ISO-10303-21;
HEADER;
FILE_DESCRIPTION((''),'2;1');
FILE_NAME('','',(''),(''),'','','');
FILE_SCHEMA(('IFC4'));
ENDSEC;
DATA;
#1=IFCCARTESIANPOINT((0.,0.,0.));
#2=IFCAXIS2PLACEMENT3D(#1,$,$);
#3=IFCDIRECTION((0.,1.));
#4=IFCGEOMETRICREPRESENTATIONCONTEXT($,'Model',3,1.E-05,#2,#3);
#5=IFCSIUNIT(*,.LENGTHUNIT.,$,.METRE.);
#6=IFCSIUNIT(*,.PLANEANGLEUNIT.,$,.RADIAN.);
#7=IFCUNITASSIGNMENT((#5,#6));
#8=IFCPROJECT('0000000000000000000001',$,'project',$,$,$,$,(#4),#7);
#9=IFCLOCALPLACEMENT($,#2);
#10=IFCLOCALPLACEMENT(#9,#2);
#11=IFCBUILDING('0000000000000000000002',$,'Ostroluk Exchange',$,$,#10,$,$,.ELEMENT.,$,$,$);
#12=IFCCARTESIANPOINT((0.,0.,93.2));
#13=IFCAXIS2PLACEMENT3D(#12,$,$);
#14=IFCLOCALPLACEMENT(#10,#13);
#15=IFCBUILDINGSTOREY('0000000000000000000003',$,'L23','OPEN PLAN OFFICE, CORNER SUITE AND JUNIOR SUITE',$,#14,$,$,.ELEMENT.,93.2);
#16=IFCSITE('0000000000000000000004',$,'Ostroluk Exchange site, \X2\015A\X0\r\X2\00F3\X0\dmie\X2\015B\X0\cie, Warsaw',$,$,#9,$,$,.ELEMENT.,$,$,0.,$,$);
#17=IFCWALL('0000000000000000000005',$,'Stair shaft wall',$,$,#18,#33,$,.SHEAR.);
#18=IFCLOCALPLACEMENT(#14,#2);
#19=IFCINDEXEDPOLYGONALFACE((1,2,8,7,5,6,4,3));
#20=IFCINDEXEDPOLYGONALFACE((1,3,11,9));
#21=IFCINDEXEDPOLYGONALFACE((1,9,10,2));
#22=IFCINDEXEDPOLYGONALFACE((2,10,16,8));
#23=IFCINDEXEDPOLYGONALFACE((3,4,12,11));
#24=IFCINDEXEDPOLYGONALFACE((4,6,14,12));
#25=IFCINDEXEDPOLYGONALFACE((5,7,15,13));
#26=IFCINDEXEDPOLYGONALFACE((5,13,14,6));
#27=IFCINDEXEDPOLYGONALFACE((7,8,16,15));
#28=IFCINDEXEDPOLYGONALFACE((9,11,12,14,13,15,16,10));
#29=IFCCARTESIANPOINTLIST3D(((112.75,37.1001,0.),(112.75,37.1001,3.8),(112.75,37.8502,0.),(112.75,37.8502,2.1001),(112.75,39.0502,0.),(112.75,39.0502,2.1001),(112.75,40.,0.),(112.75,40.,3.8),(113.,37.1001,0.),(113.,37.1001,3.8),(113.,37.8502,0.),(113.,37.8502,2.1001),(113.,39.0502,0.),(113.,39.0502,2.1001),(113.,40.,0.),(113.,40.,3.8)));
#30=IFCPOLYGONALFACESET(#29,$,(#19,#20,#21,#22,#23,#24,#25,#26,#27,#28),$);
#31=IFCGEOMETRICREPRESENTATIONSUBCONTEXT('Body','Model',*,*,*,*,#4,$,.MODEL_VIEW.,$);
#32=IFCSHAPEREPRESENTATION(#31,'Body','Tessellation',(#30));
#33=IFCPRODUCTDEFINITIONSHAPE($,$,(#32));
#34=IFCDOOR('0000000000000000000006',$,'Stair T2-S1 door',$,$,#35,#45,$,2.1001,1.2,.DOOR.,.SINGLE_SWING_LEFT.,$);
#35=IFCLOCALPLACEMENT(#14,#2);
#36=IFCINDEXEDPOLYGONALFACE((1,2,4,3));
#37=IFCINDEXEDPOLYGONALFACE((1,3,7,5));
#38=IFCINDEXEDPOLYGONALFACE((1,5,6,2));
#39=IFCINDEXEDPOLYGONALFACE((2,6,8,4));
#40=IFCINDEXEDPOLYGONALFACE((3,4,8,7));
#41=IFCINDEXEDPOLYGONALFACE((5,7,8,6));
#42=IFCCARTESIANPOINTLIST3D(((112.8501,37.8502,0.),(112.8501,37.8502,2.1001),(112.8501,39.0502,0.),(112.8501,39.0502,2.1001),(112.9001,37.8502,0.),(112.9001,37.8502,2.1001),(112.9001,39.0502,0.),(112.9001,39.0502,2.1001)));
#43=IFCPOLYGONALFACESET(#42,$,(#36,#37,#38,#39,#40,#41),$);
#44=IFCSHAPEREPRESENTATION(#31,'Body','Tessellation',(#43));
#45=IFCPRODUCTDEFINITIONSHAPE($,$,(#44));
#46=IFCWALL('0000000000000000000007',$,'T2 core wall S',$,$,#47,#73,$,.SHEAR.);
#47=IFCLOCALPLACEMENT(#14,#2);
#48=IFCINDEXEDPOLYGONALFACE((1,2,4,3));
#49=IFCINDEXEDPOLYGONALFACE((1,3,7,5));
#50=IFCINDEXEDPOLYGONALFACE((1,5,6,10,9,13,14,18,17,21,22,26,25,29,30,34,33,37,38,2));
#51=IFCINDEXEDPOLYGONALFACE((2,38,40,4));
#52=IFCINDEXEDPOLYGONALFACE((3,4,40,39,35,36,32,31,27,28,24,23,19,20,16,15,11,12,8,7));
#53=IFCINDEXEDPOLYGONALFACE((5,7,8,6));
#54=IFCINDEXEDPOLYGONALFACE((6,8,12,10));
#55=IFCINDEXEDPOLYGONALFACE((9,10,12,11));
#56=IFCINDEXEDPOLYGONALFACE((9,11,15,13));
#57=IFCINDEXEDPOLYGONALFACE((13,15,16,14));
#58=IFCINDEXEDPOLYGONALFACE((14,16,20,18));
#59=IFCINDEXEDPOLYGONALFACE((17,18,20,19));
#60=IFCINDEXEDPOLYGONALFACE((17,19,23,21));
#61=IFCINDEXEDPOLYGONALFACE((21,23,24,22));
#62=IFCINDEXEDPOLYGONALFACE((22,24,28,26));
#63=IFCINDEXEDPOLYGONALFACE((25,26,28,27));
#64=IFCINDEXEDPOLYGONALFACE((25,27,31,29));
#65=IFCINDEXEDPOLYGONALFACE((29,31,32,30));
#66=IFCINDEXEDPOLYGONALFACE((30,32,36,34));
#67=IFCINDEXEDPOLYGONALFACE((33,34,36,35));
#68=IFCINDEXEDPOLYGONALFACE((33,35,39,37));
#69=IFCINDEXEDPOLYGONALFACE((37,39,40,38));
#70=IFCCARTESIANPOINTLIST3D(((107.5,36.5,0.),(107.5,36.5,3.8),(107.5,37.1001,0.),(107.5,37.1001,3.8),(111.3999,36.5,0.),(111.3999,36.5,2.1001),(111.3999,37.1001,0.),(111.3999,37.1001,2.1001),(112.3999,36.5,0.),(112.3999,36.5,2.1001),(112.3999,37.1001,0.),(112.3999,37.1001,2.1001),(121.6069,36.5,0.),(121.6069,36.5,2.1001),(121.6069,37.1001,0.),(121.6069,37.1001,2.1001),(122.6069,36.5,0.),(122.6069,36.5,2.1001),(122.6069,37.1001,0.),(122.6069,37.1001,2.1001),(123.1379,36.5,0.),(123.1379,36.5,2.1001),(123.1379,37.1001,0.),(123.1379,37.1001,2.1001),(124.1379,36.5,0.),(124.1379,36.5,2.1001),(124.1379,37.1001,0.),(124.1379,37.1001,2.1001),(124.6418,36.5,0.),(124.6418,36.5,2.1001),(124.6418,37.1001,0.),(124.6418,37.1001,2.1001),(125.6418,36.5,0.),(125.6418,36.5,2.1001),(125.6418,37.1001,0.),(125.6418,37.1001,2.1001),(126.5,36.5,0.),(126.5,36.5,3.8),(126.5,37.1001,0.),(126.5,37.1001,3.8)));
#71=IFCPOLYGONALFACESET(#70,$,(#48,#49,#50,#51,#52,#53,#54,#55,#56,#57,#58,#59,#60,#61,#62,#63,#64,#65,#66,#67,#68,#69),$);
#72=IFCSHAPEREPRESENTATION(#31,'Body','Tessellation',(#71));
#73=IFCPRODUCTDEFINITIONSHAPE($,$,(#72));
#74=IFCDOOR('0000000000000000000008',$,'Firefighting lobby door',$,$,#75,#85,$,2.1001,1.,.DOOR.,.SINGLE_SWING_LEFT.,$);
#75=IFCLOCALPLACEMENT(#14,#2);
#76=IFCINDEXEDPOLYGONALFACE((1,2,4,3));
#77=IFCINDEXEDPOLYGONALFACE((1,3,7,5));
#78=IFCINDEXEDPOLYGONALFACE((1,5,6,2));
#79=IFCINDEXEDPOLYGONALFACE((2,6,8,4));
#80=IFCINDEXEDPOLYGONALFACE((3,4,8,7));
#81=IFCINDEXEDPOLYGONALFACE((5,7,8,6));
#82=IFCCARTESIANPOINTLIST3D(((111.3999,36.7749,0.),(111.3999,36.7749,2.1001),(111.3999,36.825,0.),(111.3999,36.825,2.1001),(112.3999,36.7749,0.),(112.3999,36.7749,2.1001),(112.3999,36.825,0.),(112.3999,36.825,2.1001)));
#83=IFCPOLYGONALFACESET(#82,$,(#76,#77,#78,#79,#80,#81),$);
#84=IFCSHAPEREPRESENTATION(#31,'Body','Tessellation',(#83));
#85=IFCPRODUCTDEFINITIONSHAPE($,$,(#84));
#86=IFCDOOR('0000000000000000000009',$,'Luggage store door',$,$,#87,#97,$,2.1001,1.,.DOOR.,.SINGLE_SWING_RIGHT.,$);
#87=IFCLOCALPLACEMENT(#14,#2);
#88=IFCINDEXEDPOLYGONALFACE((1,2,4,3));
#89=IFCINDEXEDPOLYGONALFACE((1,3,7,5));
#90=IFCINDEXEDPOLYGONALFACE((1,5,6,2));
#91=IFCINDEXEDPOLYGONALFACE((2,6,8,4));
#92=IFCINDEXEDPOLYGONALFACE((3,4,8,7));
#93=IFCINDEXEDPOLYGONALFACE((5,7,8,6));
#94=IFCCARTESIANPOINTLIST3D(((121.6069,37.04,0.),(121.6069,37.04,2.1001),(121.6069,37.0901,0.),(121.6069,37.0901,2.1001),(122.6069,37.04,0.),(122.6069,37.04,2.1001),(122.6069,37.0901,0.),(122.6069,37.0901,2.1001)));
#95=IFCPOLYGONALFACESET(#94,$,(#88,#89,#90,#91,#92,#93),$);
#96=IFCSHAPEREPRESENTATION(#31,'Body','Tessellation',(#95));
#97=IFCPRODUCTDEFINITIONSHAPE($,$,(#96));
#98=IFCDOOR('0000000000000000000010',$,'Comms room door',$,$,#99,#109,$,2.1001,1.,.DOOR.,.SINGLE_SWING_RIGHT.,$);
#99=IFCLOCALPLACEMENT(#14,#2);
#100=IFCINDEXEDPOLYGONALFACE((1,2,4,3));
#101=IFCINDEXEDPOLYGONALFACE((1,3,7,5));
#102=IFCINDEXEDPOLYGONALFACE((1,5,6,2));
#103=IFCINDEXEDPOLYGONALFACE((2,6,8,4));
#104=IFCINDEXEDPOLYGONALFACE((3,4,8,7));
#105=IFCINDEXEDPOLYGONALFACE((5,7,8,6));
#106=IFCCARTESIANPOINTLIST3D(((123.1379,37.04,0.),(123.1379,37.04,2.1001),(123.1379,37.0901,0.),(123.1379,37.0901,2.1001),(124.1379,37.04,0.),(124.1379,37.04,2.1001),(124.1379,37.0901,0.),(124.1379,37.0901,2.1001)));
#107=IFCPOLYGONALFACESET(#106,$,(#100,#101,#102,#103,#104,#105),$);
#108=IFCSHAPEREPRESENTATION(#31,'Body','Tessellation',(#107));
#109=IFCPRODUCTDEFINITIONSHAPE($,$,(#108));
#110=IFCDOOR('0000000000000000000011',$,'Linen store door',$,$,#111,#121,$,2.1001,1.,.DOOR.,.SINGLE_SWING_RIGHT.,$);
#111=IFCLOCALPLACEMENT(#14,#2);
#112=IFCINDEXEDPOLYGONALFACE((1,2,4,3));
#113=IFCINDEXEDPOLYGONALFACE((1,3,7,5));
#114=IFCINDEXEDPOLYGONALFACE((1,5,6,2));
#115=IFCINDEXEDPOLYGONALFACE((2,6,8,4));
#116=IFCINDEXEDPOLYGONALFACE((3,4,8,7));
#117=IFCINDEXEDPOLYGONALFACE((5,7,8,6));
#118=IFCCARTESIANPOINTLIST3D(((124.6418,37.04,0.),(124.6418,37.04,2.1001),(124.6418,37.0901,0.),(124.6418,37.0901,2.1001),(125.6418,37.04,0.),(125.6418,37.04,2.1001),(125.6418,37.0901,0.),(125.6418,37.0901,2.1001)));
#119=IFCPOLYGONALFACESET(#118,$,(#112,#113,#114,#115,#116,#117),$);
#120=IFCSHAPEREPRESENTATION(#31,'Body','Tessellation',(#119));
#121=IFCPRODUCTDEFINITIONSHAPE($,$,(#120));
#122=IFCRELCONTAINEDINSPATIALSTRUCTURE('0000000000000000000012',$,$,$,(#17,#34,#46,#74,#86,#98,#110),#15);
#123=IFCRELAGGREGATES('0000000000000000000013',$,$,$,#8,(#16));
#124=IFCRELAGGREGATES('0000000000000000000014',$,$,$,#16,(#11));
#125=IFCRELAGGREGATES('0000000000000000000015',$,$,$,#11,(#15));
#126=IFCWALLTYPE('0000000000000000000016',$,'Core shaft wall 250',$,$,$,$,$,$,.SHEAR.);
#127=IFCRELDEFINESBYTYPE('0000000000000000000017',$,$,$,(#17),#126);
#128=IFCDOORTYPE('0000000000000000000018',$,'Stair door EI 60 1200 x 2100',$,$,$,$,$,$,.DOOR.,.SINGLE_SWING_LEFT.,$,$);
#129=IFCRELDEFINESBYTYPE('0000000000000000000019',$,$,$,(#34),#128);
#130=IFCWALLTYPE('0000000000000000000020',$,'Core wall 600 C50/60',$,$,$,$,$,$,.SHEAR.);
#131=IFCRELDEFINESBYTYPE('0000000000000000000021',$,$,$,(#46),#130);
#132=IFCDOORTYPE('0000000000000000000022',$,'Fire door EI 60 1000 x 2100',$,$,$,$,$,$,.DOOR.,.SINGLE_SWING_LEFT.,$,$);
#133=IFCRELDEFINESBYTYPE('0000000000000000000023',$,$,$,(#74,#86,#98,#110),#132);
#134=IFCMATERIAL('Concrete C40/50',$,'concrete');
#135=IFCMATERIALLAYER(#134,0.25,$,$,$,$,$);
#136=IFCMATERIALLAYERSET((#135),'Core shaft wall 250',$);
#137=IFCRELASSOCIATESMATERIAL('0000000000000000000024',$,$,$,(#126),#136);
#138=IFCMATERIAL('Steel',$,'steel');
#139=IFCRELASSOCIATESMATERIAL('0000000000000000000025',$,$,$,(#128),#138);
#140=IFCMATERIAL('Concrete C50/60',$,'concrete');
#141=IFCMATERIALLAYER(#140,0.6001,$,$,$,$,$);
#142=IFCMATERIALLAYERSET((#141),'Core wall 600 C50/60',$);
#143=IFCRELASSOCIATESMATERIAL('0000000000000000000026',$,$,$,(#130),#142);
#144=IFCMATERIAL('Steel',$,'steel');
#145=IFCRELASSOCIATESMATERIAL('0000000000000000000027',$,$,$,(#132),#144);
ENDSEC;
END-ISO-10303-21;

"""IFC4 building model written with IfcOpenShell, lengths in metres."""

from ifc_helpers import new_model, si_unit, direction, frame, frame_2d, origin, place, context, subcontext, project, spatial, rectangle, extrude, material, layer, layer_set, type_object, element, fill, save


model = new_model("IFC4")

# Units and contexts
model_context = context("Model", 3, precision=1e-05, world=origin(), true_north=direction((0.0, 1.0)))
body_context = subcontext(model_context, "Body", "Model", "MODEL_VIEW")
ifc_project = project(units=[si_unit("LENGTHUNIT", "METRE"), si_unit("PLANEANGLEUNIT", "RADIAN")], contexts=[model_context])

# Site, building, storey
site_placement = place(None, origin())
site = spatial("IfcSite", under=ifc_project, at=site_placement, Name="Ostroluk Exchange site, Śródmieście, Warsaw", CompositionType="ELEMENT", RefElevation=0.0)
building_placement = place(site_placement, origin())
building = spatial("IfcBuilding", under=site, at=building_placement, Name="Ostroluk Exchange", CompositionType="ELEMENT")
storey_placement = place(building_placement, frame((0.0, 0.0, 93.2)))
storey = spatial("IfcBuildingStorey", under=building, at=storey_placement, Name="L23", Description="OPEN PLAN OFFICE, CORNER SUITE AND JUNIOR SUITE", CompositionType="ELEMENT", Elevation=93.2)

# Wall, opening, door
ifc_material_1 = material(Name="Concrete C40/50", Category="concrete")
ifc_layer_1 = layer(ifc_material_1, 0.25)
ifc_layer_set_1 = layer_set([ifc_layer_1], Name="Core shaft wall 250")
wall_type_1 = type_object("IfcWallType", Name="Core shaft wall 250", PredefinedType="SHEAR", material=ifc_layer_set_1)
wall_1_placement = place(storey_placement, frame((112.875, 37.1001, 0.0), z_axis=(0.0, 0.0, 1.0), x_axis=(0.0, 1.0, 0.0)))
wall_1 = element("IfcWall", 1, at=wall_1_placement, inside=storey, type_object=wall_type_1, Name="Stair shaft wall", PredefinedType="SHEAR", context=body_context, shape_type="SweptSolid", body=[
    extrude(rectangle(XDim=2.8999, YDim=0.25, at=frame_2d((1.45, 0.0))), origin(), (0.0, 0.0, 1.0), 3.8),
])
opening_1_placement = place(wall_1_placement, frame((0.75, 0.0, 0.0)))
opening_1 = element("IfcOpeningElement", 2, at=opening_1_placement, cuts=wall_1, PredefinedType="OPENING", context=body_context, shape_type="SweptSolid", body=[
    extrude(rectangle(XDim=1.2, YDim=2.1001, at=frame_2d((0.6001, 1.05))), frame((0.0, 0.135, 0.0), z_axis=(0.0, -1.0, 0.0), x_axis=(1.0, 0.0, 0.0)), (0.0, 0.0, 1.0), 0.27),
])
ifc_material_2 = material(Name="Steel", Category="steel")
door_type_1 = type_object("IfcDoorType", Name="Stair door EI 60 1200 x 2100", OperationType="SINGLE_SWING_LEFT", PredefinedType="DOOR", material=ifc_material_2)
door_1_placement = place(opening_1_placement, origin())
door_1 = element("IfcDoor", 3, at=door_1_placement, inside=storey, type_object=door_type_1, Name="Stair T2-S1 door", OperationType="SINGLE_SWING_LEFT", OverallHeight=2.1001, OverallWidth=1.2, PredefinedType="DOOR", context=body_context, shape_type="SweptSolid", body=[
    extrude(rectangle(XDim=1.2, YDim=2.1001, at=frame_2d((0.6001, 1.05))), frame((0.0, 0.0249, 0.0), z_axis=(0.0, -1.0, 0.0), x_axis=(1.0, 0.0, 0.0)), (0.0, 0.0, 1.0), 0.05),
])
fill(opening_1, door_1)

# Wall, openings, doors
ifc_material_3 = material(Name="Concrete C50/60", Category="concrete")
ifc_layer_2 = layer(ifc_material_3, 0.6001)
ifc_layer_set_2 = layer_set([ifc_layer_2], Name="Core wall 600 C50/60")
wall_type_2 = type_object("IfcWallType", Name="Core wall 600 C50/60", PredefinedType="SHEAR", material=ifc_layer_set_2)
wall_2_placement = place(storey_placement, frame((107.5, 36.8, 0.0), z_axis=(0.0, 0.0, 1.0), x_axis=(1.0, 0.0, 0.0)))
wall_2 = element("IfcWall", 4, at=wall_2_placement, inside=storey, type_object=wall_type_2, Name="T2 core wall S", PredefinedType="SHEAR", context=body_context, shape_type="SweptSolid", body=[
    extrude(rectangle(XDim=19.0, YDim=0.6001, at=frame_2d((9.5, 0.0))), origin(), (0.0, 0.0, 1.0), 3.8),
])
opening_2_placement = place(wall_2_placement, frame((3.8999, 0.0, 0.0)))
opening_2 = element("IfcOpeningElement", 5, at=opening_2_placement, cuts=wall_2, PredefinedType="OPENING", context=body_context, shape_type="SweptSolid", body=[
    extrude(rectangle(XDim=1.0, YDim=2.1001, at=frame_2d((0.5, 1.05))), frame((0.0, 0.3101, 0.0), z_axis=(0.0, -1.0, 0.0), x_axis=(1.0, 0.0, 0.0)), (0.0, 0.0, 1.0), 0.6201),
])
opening_3_placement = place(wall_2_placement, frame((14.1069, 0.0, 0.0)))
opening_3 = element("IfcOpeningElement", 6, at=opening_3_placement, cuts=wall_2, PredefinedType="OPENING", context=body_context, shape_type="SweptSolid", body=[
    extrude(rectangle(XDim=1.0, YDim=2.1001, at=frame_2d((0.5, 1.05))), frame((0.0, 0.3101, 0.0), z_axis=(0.0, -1.0, 0.0), x_axis=(1.0, 0.0, 0.0)), (0.0, 0.0, 1.0), 0.6201),
])
opening_4_placement = place(wall_2_placement, frame((15.6379, 0.0, 0.0)))
opening_4 = element("IfcOpeningElement", 7, at=opening_4_placement, cuts=wall_2, PredefinedType="OPENING", context=body_context, shape_type="SweptSolid", body=[
    extrude(rectangle(XDim=1.0, YDim=2.1001, at=frame_2d((0.5, 1.05))), frame((0.0, 0.3101, 0.0), z_axis=(0.0, -1.0, 0.0), x_axis=(1.0, 0.0, 0.0)), (0.0, 0.0, 1.0), 0.6201),
])
opening_5_placement = place(wall_2_placement, frame((17.1418, 0.0, 0.0)))
opening_5 = element("IfcOpeningElement", 8, at=opening_5_placement, cuts=wall_2, PredefinedType="OPENING", context=body_context, shape_type="SweptSolid", body=[
    extrude(rectangle(XDim=1.0, YDim=2.1001, at=frame_2d((0.5, 1.05))), frame((0.0, 0.3101, 0.0), z_axis=(0.0, -1.0, 0.0), x_axis=(1.0, 0.0, 0.0)), (0.0, 0.0, 1.0), 0.6201),
])
ifc_material_4 = material(Name="Steel", Category="steel")
door_type_2 = type_object("IfcDoorType", Name="Fire door EI 60 1000 x 2100", OperationType="SINGLE_SWING_LEFT", PredefinedType="DOOR", material=ifc_material_4)
door_2_placement = place(opening_2_placement, origin())
door_2 = element("IfcDoor", 9, at=door_2_placement, inside=storey, type_object=door_type_2, Name="Firefighting lobby door", OperationType="SINGLE_SWING_LEFT", OverallHeight=2.1001, OverallWidth=1.0, PredefinedType="DOOR", context=body_context, shape_type="SweptSolid", body=[
    extrude(rectangle(XDim=1.0, YDim=2.1001, at=frame_2d((0.5, 1.05))), frame((0.0, 0.0249, 0.0), z_axis=(0.0, -1.0, 0.0), x_axis=(1.0, 0.0, 0.0)), (0.0, 0.0, 1.0), 0.05),
])
fill(opening_2, door_2)
door_3_placement = place(opening_3_placement, origin())
door_3 = element("IfcDoor", 10, at=door_3_placement, inside=storey, type_object=door_type_2, Name="Luggage store door", OperationType="SINGLE_SWING_RIGHT", OverallHeight=2.1001, OverallWidth=1.0, PredefinedType="DOOR", context=body_context, shape_type="SweptSolid", body=[
    extrude(rectangle(XDim=1.0, YDim=2.1001, at=frame_2d((0.5, 1.05))), frame((0.0, 0.29, 0.0), z_axis=(0.0, -1.0, 0.0), x_axis=(1.0, 0.0, 0.0)), (0.0, 0.0, 1.0), 0.05),
])
fill(opening_3, door_3)
door_4_placement = place(opening_4_placement, origin())
door_4 = element("IfcDoor", 11, at=door_4_placement, inside=storey, type_object=door_type_2, Name="Comms room door", OperationType="SINGLE_SWING_RIGHT", OverallHeight=2.1001, OverallWidth=1.0, PredefinedType="DOOR", context=body_context, shape_type="SweptSolid", body=[
    extrude(rectangle(XDim=1.0, YDim=2.1001, at=frame_2d((0.5, 1.05))), frame((0.0, 0.29, 0.0), z_axis=(0.0, -1.0, 0.0), x_axis=(1.0, 0.0, 0.0)), (0.0, 0.0, 1.0), 0.05),
])
fill(opening_4, door_4)
door_5_placement = place(opening_5_placement, origin())
door_5 = element("IfcDoor", 12, at=door_5_placement, inside=storey, type_object=door_type_2, Name="Linen store door", OperationType="SINGLE_SWING_RIGHT", OverallHeight=2.1001, OverallWidth=1.0, PredefinedType="DOOR", context=body_context, shape_type="SweptSolid", body=[
    extrude(rectangle(XDim=1.0, YDim=2.1001, at=frame_2d((0.5, 1.05))), frame((0.0, 0.29, 0.0), z_axis=(0.0, -1.0, 0.0), x_axis=(1.0, 0.0, 0.0)), (0.0, 0.0, 1.0), 0.05),
])
fill(opening_5, door_5)

save(model, "model.ifc")
